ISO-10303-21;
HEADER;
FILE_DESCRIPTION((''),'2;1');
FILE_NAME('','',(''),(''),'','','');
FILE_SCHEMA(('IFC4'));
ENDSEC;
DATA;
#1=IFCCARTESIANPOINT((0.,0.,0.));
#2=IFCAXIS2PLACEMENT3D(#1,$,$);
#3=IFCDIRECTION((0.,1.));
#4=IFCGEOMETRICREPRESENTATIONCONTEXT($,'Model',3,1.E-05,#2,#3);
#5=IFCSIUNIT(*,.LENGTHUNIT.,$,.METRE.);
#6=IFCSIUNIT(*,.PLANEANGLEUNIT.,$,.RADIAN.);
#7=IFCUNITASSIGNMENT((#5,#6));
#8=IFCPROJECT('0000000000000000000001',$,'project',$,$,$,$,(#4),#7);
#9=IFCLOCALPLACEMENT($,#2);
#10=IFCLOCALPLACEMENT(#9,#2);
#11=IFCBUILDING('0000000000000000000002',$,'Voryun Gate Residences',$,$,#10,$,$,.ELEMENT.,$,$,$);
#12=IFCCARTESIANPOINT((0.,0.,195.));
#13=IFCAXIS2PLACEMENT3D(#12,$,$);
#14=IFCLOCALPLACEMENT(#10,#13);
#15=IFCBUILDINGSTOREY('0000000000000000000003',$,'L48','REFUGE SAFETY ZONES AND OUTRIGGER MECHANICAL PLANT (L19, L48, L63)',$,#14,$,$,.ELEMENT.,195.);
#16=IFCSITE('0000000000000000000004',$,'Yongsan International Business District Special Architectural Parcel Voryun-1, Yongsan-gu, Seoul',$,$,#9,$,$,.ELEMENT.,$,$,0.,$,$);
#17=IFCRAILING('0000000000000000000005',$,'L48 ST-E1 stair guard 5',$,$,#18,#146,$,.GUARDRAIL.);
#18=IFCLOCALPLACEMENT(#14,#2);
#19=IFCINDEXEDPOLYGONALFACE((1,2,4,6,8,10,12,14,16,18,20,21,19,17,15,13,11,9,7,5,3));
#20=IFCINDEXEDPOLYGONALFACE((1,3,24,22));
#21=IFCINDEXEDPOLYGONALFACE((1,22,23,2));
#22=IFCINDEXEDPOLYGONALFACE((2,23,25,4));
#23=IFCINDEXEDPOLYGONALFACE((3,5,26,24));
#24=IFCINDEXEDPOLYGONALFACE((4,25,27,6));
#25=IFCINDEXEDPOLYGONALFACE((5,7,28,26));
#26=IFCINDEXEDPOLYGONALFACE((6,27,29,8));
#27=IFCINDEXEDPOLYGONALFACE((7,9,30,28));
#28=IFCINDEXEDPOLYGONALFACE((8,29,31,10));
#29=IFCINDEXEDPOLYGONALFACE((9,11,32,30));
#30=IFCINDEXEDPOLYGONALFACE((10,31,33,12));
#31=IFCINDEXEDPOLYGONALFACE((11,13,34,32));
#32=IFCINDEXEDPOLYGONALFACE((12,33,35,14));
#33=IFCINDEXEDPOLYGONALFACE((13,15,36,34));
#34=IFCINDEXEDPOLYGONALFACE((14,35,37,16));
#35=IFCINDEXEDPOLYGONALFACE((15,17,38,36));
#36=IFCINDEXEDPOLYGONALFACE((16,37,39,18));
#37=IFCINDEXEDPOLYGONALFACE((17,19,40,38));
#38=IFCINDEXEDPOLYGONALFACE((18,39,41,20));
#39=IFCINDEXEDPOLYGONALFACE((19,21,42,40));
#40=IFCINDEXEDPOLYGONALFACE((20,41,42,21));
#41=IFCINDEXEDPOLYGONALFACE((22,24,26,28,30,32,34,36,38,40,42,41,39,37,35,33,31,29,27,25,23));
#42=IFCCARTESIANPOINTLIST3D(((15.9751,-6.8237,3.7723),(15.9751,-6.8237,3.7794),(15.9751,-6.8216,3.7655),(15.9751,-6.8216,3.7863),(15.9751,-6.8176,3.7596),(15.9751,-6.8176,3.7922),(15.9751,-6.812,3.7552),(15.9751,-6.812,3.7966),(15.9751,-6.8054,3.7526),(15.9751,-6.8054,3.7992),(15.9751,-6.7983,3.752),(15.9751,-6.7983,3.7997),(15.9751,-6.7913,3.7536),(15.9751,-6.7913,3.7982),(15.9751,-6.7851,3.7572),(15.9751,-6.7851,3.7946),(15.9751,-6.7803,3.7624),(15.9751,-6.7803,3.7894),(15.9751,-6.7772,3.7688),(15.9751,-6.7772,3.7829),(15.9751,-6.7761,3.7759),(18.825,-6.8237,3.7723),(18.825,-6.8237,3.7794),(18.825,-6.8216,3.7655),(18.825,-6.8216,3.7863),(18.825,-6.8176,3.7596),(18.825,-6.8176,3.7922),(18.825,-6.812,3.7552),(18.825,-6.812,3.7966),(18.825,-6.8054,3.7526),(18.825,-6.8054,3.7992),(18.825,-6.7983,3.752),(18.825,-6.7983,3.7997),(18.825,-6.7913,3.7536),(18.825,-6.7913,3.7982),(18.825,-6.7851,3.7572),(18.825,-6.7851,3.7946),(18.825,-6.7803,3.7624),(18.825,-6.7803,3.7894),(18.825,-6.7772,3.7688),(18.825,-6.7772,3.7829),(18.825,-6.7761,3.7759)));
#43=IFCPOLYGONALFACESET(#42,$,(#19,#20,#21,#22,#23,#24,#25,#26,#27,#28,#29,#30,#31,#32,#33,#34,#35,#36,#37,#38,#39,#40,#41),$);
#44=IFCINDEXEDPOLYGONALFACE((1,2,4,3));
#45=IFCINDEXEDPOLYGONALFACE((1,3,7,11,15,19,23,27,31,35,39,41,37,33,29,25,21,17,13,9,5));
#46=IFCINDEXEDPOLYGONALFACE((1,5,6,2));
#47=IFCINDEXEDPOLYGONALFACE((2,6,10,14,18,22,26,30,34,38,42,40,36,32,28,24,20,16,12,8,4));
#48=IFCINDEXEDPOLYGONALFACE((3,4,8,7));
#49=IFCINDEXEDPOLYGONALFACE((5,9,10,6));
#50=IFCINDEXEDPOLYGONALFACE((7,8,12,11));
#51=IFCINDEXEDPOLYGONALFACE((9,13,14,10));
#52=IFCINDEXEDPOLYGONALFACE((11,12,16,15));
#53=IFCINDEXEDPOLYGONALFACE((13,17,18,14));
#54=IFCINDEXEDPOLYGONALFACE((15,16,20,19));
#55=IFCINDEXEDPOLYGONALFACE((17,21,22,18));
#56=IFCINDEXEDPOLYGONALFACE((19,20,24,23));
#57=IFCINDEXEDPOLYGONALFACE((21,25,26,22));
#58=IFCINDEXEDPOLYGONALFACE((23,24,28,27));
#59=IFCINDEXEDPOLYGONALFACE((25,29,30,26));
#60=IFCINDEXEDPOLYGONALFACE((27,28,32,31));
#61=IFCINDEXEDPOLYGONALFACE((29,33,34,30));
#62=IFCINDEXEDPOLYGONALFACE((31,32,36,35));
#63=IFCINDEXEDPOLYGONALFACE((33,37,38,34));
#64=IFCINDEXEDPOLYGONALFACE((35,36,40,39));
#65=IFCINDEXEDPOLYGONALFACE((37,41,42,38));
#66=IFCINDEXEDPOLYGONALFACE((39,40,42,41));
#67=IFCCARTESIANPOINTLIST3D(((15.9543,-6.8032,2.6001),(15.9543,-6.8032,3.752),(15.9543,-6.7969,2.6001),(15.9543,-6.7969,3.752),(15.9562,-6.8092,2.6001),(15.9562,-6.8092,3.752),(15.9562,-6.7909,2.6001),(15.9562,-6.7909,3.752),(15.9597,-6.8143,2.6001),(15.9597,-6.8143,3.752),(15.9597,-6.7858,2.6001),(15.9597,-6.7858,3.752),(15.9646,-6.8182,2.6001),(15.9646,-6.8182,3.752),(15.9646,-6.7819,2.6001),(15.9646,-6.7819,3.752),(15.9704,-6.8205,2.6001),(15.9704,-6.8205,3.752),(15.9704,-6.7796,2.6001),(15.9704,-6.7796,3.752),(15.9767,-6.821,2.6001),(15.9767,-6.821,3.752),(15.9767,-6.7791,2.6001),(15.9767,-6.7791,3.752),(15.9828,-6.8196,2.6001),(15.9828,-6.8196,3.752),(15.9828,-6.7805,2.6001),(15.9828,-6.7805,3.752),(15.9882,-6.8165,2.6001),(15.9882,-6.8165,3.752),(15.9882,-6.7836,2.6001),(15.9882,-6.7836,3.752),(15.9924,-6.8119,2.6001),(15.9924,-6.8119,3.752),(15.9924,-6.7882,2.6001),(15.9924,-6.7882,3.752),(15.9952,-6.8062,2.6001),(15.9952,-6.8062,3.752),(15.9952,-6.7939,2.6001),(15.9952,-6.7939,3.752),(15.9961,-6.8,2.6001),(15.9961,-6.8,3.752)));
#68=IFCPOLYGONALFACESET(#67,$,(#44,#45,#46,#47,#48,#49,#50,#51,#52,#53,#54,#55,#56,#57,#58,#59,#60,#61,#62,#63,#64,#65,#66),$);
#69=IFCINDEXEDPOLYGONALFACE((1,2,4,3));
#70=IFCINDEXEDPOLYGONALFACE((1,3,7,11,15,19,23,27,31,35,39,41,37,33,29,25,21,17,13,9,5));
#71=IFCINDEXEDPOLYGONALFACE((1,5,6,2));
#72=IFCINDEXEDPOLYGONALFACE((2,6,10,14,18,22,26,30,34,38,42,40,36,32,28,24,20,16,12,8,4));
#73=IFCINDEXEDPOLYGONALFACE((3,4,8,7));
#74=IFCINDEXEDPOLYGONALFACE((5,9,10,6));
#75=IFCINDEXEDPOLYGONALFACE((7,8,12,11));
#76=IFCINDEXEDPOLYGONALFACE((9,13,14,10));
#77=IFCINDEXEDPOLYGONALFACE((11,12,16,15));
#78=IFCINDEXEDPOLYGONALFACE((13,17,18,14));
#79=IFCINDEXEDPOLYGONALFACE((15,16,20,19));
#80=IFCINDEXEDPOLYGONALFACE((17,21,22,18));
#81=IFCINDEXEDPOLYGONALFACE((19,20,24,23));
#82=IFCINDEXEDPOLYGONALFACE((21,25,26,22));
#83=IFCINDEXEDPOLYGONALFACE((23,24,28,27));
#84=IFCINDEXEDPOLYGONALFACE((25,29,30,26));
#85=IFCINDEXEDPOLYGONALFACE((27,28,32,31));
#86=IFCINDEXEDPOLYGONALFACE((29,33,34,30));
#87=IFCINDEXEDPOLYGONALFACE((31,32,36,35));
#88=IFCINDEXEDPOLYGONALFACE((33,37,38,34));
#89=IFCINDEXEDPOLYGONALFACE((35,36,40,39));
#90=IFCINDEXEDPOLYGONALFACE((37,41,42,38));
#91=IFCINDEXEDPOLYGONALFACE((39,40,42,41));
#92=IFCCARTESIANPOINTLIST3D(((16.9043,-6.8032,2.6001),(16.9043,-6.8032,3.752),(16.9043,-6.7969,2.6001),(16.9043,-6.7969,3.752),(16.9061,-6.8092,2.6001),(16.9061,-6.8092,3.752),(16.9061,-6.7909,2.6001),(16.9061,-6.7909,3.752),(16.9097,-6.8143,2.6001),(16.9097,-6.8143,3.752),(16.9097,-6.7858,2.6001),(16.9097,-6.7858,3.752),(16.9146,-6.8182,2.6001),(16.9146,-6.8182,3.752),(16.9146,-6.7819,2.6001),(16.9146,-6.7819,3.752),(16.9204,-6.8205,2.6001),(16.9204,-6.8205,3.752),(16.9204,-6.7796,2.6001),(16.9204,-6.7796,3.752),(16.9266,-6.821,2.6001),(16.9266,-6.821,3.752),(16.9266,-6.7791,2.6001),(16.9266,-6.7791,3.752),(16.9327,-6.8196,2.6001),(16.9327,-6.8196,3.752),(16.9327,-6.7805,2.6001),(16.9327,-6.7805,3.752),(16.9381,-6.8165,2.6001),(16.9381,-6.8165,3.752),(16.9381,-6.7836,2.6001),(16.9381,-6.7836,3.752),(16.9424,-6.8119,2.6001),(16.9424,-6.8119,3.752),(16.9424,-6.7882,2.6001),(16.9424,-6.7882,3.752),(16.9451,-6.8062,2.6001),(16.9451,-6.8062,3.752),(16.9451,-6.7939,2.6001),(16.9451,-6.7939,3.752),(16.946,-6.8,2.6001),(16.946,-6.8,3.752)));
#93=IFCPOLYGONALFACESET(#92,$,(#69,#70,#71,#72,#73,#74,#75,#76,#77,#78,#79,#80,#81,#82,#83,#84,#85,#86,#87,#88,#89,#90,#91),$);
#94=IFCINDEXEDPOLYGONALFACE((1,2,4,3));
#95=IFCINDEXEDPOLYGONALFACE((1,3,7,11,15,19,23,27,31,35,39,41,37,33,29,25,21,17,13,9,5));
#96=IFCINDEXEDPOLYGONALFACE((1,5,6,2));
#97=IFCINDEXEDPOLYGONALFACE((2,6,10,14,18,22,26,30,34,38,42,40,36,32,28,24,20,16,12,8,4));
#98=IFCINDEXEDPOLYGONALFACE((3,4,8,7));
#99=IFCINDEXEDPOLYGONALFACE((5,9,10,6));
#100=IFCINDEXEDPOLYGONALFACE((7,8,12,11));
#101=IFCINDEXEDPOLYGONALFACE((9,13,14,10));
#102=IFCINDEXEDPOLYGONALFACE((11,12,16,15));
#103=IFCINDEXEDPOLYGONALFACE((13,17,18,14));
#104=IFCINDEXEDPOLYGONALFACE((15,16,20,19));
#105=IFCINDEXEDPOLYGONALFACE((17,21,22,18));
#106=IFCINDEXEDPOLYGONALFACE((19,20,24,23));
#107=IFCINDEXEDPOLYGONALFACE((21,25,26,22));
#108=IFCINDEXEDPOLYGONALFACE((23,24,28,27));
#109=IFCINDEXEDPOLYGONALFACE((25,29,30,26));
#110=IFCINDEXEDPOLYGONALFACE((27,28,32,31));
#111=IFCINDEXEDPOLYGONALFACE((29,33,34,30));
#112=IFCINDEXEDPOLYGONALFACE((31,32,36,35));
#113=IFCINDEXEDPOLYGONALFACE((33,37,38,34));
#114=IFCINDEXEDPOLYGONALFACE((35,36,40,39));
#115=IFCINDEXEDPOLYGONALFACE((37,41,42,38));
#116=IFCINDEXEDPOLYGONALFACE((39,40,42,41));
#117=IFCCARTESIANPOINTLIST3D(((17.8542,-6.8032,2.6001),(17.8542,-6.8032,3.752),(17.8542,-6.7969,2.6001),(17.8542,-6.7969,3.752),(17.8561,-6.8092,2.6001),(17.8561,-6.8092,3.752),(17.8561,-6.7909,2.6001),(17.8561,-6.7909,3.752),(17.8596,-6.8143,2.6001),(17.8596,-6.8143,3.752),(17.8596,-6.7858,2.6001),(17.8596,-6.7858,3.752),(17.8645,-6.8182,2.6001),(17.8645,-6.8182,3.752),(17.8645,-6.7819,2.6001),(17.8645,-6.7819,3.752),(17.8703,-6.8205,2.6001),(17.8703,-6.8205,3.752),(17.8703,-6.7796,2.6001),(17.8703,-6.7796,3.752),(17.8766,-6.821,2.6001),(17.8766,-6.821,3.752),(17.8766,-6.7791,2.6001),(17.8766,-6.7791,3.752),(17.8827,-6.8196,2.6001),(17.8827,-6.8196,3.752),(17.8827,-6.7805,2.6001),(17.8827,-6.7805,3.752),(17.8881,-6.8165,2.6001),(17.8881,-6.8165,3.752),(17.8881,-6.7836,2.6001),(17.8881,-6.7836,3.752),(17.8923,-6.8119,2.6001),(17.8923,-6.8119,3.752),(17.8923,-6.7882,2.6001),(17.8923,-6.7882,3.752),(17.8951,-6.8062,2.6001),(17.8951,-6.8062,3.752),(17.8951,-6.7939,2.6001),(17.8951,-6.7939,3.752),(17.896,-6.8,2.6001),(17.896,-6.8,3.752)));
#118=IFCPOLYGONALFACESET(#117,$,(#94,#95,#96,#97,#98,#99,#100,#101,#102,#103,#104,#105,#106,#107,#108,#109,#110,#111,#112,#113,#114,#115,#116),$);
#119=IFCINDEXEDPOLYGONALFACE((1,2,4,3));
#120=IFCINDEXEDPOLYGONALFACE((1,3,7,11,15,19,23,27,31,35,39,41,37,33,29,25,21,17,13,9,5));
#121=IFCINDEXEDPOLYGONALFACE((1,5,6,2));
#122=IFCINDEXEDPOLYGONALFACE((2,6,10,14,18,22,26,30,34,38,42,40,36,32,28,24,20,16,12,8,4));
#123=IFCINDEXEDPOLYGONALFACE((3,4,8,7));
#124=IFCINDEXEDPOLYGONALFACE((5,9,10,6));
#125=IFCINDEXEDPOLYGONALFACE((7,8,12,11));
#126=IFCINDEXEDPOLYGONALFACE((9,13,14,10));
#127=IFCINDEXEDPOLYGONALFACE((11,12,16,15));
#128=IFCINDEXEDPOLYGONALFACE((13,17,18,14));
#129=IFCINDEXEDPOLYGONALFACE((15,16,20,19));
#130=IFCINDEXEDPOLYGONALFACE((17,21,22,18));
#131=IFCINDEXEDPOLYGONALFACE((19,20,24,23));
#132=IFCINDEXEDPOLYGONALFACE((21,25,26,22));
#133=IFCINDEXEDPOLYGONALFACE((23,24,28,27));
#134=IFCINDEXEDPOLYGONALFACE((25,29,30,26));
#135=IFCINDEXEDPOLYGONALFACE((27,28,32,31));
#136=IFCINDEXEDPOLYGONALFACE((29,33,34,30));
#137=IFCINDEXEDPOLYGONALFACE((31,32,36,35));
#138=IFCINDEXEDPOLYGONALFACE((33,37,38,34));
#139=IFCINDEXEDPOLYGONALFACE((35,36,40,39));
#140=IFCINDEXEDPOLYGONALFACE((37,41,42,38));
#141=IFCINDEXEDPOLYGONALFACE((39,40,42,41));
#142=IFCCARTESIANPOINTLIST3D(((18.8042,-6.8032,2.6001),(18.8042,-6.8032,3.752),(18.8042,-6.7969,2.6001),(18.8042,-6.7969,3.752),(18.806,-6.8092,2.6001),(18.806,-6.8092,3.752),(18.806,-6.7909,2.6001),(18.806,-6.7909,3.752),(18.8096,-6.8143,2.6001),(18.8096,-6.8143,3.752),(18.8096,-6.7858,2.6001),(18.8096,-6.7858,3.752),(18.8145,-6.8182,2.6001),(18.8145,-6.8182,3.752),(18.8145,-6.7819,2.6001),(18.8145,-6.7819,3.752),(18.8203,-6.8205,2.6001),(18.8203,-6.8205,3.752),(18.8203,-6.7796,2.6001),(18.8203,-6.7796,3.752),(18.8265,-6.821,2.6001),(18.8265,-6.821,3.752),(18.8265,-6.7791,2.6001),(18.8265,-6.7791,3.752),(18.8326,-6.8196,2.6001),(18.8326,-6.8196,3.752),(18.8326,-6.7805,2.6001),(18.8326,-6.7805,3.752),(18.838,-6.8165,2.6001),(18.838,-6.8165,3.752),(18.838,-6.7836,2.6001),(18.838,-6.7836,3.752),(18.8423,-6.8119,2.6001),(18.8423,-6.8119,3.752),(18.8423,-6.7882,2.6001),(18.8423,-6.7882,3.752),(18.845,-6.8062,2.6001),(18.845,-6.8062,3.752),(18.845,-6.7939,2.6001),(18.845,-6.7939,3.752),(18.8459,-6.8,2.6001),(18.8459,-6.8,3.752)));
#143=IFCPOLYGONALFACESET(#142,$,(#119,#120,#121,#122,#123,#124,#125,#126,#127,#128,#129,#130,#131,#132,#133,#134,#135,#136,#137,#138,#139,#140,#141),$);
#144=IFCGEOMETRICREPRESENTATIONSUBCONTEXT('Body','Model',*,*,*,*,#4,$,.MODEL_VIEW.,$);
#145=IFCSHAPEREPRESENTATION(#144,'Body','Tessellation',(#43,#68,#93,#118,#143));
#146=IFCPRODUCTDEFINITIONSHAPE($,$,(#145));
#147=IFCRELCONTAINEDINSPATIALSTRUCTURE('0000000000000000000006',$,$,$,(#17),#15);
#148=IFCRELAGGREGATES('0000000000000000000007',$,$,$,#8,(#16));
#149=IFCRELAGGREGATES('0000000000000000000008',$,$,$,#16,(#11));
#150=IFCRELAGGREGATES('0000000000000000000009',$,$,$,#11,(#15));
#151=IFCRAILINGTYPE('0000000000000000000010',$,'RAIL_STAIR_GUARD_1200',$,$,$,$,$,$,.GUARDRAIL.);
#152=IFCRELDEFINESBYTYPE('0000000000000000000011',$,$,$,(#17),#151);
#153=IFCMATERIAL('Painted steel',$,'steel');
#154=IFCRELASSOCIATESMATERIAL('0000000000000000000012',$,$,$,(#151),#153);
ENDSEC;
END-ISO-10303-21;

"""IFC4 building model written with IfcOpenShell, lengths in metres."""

from ifc_helpers import new_model, si_unit, direction, frame, origin, origin_2d, place, context, subcontext, project, spatial, circle, extrude, material, type_object, element, save


model = new_model("IFC4")

# Units and contexts
model_context = context("Model", 3, precision=1e-05, world=origin(), true_north=direction((0.0, 1.0)))
body_context = subcontext(model_context, "Body", "Model", "MODEL_VIEW")
ifc_project = project(units=[si_unit("LENGTHUNIT", "METRE"), si_unit("PLANEANGLEUNIT", "RADIAN")], contexts=[model_context])

# Site, building, storey
site_placement = place(None, origin())
site = spatial("IfcSite", under=ifc_project, at=site_placement, Name="Yongsan International Business District Special Architectural Parcel Voryun-1, Yongsan-gu, Seoul", CompositionType="ELEMENT", RefElevation=0.0)
building_placement = place(site_placement, origin())
building = spatial("IfcBuilding", under=site, at=building_placement, Name="Voryun Gate Residences", CompositionType="ELEMENT")
storey_placement = place(building_placement, frame((0.0, 0.0, 195.0)))
storey = spatial("IfcBuildingStorey", under=building, at=storey_placement, Name="L48", Description="REFUGE SAFETY ZONES AND OUTRIGGER MECHANICAL PLANT (L19, L48, L63)", CompositionType="ELEMENT", Elevation=195.0)

# Railing
ifc_material_1 = material(Name="Painted steel", Category="steel")
railing_type_1 = type_object("IfcRailingType", Name="RAIL_STAIR_GUARD_1200", PredefinedType="GUARDRAIL", material=ifc_material_1)
railing_1_placement = place(storey_placement, frame((15.9751, -6.8, 2.6001)))
element("IfcRailing", 1, at=railing_1_placement, inside=storey, type_object=railing_type_1, Name="L48 ST-E1 stair guard 5", PredefinedType="GUARDRAIL", context=body_context, shape_type="SweptSolid", body=[
    extrude(circle(Radius=0.0239, at=origin_2d()), frame((0.0, 0.0, 1.1758), z_axis=(1.0, 0.0, 0.0), x_axis=(0.0, 1.0, 0.0)), (0.0, 0.0, 1.0), 2.8499),
    extrude(circle(Radius=0.021, at=origin_2d()), origin(), (0.0, 0.0, 1.0), 1.1519),
    extrude(circle(Radius=0.021, at=origin_2d()), frame((0.95, 0.0, 0.0)), (0.0, 0.0, 1.0), 1.1519),
    extrude(circle(Radius=0.021, at=origin_2d()), frame((1.8999, 0.0, 0.0)), (0.0, 0.0, 1.0), 1.1519),
    extrude(circle(Radius=0.021, at=origin_2d()), frame((2.8499, 0.0, 0.0)), (0.0, 0.0, 1.0), 1.1519),
])

save(model, "model.ifc")
